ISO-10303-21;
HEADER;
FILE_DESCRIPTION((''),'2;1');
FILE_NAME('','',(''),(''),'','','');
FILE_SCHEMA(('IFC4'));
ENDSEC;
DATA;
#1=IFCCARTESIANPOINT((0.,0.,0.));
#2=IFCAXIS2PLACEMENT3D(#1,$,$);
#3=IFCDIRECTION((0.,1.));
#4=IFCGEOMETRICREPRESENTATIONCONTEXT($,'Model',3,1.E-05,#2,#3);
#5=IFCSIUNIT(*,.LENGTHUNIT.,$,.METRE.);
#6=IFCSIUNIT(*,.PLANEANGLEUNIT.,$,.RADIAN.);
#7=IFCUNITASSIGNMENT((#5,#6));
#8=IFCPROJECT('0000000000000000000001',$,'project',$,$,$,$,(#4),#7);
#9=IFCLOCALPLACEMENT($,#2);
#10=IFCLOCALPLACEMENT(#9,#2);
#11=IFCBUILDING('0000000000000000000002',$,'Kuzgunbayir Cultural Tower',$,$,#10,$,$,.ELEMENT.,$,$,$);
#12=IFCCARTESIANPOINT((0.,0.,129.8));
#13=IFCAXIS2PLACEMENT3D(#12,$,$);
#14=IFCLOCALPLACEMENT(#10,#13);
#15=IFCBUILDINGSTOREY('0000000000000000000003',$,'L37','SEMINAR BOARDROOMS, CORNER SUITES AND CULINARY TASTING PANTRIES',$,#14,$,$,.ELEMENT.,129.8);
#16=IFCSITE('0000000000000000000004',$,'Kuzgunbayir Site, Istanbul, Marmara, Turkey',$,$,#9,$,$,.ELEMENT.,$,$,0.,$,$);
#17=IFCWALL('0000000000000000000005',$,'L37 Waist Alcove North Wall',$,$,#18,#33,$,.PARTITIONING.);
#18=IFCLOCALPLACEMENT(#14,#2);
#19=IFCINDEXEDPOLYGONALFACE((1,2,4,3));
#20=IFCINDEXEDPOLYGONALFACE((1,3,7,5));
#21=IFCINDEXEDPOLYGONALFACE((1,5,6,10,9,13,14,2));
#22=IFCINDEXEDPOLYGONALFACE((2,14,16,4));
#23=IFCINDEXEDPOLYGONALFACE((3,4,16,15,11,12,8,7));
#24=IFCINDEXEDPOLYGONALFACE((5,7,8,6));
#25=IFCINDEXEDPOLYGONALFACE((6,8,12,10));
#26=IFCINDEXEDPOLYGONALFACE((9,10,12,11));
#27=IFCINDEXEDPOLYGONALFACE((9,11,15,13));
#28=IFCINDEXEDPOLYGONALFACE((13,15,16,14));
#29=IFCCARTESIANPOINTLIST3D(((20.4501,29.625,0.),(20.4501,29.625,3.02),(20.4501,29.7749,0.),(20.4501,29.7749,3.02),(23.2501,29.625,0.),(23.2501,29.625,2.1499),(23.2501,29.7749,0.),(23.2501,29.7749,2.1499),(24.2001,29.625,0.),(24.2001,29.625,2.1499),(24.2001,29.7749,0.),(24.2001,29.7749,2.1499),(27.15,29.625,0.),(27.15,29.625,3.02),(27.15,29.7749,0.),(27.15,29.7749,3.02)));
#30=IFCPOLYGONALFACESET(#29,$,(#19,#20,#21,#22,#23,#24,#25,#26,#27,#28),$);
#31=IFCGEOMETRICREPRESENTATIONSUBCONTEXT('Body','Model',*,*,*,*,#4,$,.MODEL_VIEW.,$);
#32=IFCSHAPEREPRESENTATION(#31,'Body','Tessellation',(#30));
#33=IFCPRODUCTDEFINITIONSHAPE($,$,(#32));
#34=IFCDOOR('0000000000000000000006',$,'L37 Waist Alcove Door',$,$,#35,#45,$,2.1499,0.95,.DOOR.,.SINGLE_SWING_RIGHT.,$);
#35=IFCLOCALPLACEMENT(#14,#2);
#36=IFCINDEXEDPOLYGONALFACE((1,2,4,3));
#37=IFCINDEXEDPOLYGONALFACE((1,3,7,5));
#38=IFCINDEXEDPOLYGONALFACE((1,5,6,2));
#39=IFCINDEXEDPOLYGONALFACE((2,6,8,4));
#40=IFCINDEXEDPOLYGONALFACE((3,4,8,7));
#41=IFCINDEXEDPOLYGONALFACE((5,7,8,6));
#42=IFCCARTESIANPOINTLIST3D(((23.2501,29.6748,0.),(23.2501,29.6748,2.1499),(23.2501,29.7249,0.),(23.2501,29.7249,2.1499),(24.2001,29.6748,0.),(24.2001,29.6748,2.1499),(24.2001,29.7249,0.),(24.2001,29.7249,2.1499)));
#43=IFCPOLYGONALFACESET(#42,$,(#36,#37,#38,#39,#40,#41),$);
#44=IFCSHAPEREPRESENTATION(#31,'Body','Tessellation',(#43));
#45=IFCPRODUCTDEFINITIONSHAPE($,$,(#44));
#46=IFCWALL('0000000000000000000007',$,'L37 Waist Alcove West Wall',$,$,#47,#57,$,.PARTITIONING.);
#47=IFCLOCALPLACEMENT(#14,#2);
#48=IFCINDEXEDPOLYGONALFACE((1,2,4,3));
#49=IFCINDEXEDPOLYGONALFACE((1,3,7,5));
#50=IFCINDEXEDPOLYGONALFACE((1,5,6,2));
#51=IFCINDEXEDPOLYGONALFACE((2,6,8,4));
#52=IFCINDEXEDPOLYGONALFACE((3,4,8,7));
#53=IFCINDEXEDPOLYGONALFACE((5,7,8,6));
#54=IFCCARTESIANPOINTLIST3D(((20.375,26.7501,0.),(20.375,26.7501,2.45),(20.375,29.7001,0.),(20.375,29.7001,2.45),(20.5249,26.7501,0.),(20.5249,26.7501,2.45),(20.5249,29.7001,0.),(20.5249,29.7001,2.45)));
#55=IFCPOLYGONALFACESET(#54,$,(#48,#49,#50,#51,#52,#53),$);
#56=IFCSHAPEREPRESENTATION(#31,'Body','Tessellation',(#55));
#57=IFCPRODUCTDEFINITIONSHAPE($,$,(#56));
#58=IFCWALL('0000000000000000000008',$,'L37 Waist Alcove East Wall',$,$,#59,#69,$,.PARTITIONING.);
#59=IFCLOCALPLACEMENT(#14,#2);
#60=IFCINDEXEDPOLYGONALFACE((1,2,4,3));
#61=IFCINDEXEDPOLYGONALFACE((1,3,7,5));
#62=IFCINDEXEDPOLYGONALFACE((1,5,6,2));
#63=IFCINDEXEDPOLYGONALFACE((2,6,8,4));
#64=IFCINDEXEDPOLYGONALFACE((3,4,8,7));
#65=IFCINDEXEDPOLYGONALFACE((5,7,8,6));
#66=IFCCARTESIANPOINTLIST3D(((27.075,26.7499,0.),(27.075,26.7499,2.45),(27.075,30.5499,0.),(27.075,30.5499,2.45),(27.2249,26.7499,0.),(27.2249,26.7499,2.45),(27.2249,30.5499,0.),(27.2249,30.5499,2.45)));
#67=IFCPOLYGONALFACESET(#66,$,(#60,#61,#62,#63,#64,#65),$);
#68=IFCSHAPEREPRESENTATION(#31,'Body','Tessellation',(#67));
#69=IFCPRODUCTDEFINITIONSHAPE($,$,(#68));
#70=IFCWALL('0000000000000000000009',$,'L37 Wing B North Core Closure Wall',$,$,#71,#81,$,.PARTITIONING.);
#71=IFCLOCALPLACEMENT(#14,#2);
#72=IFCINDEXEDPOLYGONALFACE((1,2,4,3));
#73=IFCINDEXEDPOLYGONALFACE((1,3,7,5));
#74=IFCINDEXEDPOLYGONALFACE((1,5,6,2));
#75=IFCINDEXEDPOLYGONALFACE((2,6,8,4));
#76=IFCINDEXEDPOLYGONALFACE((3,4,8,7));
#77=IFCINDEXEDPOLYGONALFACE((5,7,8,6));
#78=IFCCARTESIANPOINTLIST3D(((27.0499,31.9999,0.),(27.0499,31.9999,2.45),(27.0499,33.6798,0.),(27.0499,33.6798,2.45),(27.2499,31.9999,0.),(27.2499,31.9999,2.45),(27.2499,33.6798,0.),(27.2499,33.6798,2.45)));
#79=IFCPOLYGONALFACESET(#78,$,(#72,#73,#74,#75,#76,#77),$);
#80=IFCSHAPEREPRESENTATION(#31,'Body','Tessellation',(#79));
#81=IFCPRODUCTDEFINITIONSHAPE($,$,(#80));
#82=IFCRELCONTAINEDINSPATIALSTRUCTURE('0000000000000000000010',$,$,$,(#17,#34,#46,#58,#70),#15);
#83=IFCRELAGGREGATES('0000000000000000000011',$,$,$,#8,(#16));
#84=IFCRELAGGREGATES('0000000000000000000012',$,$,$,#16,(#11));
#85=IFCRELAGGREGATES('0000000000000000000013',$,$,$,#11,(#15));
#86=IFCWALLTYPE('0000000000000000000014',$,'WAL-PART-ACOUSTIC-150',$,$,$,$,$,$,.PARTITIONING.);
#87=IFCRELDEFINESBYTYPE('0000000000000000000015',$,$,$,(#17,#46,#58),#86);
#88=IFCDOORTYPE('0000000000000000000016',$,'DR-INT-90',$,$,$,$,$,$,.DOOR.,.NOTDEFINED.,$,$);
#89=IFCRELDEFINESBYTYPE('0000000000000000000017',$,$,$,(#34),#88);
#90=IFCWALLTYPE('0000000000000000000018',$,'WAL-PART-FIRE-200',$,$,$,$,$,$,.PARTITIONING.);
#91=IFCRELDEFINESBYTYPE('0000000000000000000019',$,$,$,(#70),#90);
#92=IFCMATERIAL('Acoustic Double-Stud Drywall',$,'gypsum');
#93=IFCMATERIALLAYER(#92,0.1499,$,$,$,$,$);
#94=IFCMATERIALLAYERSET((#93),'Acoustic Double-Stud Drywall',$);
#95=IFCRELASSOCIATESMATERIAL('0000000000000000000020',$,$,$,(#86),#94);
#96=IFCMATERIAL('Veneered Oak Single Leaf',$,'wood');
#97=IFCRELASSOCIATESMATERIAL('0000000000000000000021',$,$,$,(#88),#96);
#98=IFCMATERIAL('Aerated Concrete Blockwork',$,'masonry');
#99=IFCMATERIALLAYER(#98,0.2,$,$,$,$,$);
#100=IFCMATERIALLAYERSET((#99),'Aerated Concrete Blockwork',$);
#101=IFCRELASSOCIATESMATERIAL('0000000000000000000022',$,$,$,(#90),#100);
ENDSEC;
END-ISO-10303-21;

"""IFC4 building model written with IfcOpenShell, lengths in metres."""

from ifc_helpers import new_model, si_unit, direction, frame, frame_2d, origin, place, context, subcontext, project, spatial, rectangle, extrude, material, layer, layer_set, type_object, element, fill, save


model = new_model("IFC4")

# Units and contexts
model_context = context("Model", 3, precision=1e-05, world=origin(), true_north=direction((0.0, 1.0)))
body_context = subcontext(model_context, "Body", "Model", "MODEL_VIEW")
ifc_project = project(units=[si_unit("LENGTHUNIT", "METRE"), si_unit("PLANEANGLEUNIT", "RADIAN")], contexts=[model_context])

# Site, building, storey
site_placement = place(None, origin())
site = spatial("IfcSite", under=ifc_project, at=site_placement, Name="Kuzgunbayir Site, Istanbul, Marmara, Turkey", CompositionType="ELEMENT", RefElevation=0.0)
building_placement = place(site_placement, origin())
building = spatial("IfcBuilding", under=site, at=building_placement, Name="Kuzgunbayir Cultural Tower", CompositionType="ELEMENT")
storey_placement = place(building_placement, frame((0.0, 0.0, 129.8)))
storey = spatial("IfcBuildingStorey", under=building, at=storey_placement, Name="L37", Description="SEMINAR BOARDROOMS, CORNER SUITES AND CULINARY TASTING PANTRIES", CompositionType="ELEMENT", Elevation=129.8)

# Wall, opening, door
ifc_material_1 = material(Name="Acoustic Double-Stud Drywall", Category="gypsum")
ifc_layer_1 = layer(ifc_material_1, 0.1499)
ifc_layer_set_1 = layer_set([ifc_layer_1], Name="Acoustic Double-Stud Drywall")
wall_type_1 = type_object("IfcWallType", Name="WAL-PART-ACOUSTIC-150", PredefinedType="PARTITIONING", material=ifc_layer_set_1)
wall_1_placement = place(storey_placement, frame((20.45, 29.7, 0.0), z_axis=(0.0, 0.0, 1.0), x_axis=(1.0, 0.0, 0.0)))
wall_1 = element("IfcWall", 1, at=wall_1_placement, inside=storey, type_object=wall_type_1, Name="L37 Waist Alcove North Wall", PredefinedType="PARTITIONING", context=body_context, shape_type="SweptSolid", body=[
    extrude(rectangle(XDim=6.7, YDim=0.1499, at=frame_2d((3.3501, 0.0))), origin(), (0.0, 0.0, 1.0), 3.02),
])
opening_1_placement = place(wall_1_placement, frame((2.8, 0.0, 0.0)))
opening_1 = element("IfcOpeningElement", 2, at=opening_1_placement, cuts=wall_1, PredefinedType="OPENING", context=body_context, shape_type="SweptSolid", body=[
    extrude(rectangle(XDim=0.95, YDim=2.1499, at=frame_2d((0.4751, 1.075))), frame((0.0, 0.085, 0.0), z_axis=(0.0, -1.0, 0.0), x_axis=(1.0, 0.0, 0.0)), (0.0, 0.0, 1.0), 0.1699),
])
ifc_material_2 = material(Name="Veneered Oak Single Leaf", Category="wood")
door_type = type_object("IfcDoorType", Name="DR-INT-90", OperationType="NOTDEFINED", PredefinedType="DOOR", material=ifc_material_2)
door_1_placement = place(opening_1_placement, origin())
door_1 = element("IfcDoor", 3, at=door_1_placement, inside=storey, type_object=door_type, Name="L37 Waist Alcove Door", OperationType="SINGLE_SWING_RIGHT", OverallHeight=2.1499, OverallWidth=0.95, PredefinedType="DOOR", context=body_context, shape_type="SweptSolid", body=[
    extrude(rectangle(XDim=0.95, YDim=2.1499, at=frame_2d((0.4751, 1.075))), frame((0.0, 0.0249, 0.0), z_axis=(0.0, -1.0, 0.0), x_axis=(1.0, 0.0, 0.0)), (0.0, 0.0, 1.0), 0.05),
])
fill(opening_1, door_1)

# Walls
wall_2_placement = place(storey_placement, frame((20.45, 26.75, 0.0), z_axis=(0.0, 0.0, 1.0), x_axis=(0.0, 1.0, 0.0)))
element("IfcWall", 4, at=wall_2_placement, inside=storey, type_object=wall_type_1, Name="L37 Waist Alcove West Wall", PredefinedType="PARTITIONING", context=body_context, shape_type="SweptSolid", body=[
    extrude(rectangle(XDim=2.95, YDim=0.1499, at=frame_2d((1.4751, 0.0))), origin(), (0.0, 0.0, 1.0), 2.45),
])
wall_3_placement = place(storey_placement, frame((27.1499, 26.75, 0.0), z_axis=(0.0, 0.0, 1.0), x_axis=(0.0, 1.0, 0.0)))
element("IfcWall", 5, at=wall_3_placement, inside=storey, type_object=wall_type_1, Name="L37 Waist Alcove East Wall", PredefinedType="PARTITIONING", context=body_context, shape_type="SweptSolid", body=[
    extrude(rectangle(XDim=3.8, YDim=0.1499, at=frame_2d((1.8999, 0.0))), origin(), (0.0, 0.0, 1.0), 2.45),
])

# Shared definitions
ifc_material_3 = material(Name="Aerated Concrete Blockwork", Category="masonry")
ifc_layer_2 = layer(ifc_material_3, 0.2)
ifc_layer_set_2 = layer_set([ifc_layer_2], Name="Aerated Concrete Blockwork")
wall_type_2 = type_object("IfcWallType", Name="WAL-PART-FIRE-200", PredefinedType="PARTITIONING", material=ifc_layer_set_2)

# Wall
wall_4_placement = place(storey_placement, frame((27.1499, 32.0, 0.0), z_axis=(0.0, 0.0, 1.0), x_axis=(0.0, 1.0, 0.0)))
element("IfcWall", 6, at=wall_4_placement, inside=storey, type_object=wall_type_2, Name="L37 Wing B North Core Closure Wall", PredefinedType="PARTITIONING", context=body_context, shape_type="SweptSolid", body=[
    extrude(rectangle(XDim=1.6799, YDim=0.2, at=frame_2d((0.8398, 0.0))), origin(), (0.0, 0.0, 1.0), 2.45),
])

save(model, "model.ifc")
